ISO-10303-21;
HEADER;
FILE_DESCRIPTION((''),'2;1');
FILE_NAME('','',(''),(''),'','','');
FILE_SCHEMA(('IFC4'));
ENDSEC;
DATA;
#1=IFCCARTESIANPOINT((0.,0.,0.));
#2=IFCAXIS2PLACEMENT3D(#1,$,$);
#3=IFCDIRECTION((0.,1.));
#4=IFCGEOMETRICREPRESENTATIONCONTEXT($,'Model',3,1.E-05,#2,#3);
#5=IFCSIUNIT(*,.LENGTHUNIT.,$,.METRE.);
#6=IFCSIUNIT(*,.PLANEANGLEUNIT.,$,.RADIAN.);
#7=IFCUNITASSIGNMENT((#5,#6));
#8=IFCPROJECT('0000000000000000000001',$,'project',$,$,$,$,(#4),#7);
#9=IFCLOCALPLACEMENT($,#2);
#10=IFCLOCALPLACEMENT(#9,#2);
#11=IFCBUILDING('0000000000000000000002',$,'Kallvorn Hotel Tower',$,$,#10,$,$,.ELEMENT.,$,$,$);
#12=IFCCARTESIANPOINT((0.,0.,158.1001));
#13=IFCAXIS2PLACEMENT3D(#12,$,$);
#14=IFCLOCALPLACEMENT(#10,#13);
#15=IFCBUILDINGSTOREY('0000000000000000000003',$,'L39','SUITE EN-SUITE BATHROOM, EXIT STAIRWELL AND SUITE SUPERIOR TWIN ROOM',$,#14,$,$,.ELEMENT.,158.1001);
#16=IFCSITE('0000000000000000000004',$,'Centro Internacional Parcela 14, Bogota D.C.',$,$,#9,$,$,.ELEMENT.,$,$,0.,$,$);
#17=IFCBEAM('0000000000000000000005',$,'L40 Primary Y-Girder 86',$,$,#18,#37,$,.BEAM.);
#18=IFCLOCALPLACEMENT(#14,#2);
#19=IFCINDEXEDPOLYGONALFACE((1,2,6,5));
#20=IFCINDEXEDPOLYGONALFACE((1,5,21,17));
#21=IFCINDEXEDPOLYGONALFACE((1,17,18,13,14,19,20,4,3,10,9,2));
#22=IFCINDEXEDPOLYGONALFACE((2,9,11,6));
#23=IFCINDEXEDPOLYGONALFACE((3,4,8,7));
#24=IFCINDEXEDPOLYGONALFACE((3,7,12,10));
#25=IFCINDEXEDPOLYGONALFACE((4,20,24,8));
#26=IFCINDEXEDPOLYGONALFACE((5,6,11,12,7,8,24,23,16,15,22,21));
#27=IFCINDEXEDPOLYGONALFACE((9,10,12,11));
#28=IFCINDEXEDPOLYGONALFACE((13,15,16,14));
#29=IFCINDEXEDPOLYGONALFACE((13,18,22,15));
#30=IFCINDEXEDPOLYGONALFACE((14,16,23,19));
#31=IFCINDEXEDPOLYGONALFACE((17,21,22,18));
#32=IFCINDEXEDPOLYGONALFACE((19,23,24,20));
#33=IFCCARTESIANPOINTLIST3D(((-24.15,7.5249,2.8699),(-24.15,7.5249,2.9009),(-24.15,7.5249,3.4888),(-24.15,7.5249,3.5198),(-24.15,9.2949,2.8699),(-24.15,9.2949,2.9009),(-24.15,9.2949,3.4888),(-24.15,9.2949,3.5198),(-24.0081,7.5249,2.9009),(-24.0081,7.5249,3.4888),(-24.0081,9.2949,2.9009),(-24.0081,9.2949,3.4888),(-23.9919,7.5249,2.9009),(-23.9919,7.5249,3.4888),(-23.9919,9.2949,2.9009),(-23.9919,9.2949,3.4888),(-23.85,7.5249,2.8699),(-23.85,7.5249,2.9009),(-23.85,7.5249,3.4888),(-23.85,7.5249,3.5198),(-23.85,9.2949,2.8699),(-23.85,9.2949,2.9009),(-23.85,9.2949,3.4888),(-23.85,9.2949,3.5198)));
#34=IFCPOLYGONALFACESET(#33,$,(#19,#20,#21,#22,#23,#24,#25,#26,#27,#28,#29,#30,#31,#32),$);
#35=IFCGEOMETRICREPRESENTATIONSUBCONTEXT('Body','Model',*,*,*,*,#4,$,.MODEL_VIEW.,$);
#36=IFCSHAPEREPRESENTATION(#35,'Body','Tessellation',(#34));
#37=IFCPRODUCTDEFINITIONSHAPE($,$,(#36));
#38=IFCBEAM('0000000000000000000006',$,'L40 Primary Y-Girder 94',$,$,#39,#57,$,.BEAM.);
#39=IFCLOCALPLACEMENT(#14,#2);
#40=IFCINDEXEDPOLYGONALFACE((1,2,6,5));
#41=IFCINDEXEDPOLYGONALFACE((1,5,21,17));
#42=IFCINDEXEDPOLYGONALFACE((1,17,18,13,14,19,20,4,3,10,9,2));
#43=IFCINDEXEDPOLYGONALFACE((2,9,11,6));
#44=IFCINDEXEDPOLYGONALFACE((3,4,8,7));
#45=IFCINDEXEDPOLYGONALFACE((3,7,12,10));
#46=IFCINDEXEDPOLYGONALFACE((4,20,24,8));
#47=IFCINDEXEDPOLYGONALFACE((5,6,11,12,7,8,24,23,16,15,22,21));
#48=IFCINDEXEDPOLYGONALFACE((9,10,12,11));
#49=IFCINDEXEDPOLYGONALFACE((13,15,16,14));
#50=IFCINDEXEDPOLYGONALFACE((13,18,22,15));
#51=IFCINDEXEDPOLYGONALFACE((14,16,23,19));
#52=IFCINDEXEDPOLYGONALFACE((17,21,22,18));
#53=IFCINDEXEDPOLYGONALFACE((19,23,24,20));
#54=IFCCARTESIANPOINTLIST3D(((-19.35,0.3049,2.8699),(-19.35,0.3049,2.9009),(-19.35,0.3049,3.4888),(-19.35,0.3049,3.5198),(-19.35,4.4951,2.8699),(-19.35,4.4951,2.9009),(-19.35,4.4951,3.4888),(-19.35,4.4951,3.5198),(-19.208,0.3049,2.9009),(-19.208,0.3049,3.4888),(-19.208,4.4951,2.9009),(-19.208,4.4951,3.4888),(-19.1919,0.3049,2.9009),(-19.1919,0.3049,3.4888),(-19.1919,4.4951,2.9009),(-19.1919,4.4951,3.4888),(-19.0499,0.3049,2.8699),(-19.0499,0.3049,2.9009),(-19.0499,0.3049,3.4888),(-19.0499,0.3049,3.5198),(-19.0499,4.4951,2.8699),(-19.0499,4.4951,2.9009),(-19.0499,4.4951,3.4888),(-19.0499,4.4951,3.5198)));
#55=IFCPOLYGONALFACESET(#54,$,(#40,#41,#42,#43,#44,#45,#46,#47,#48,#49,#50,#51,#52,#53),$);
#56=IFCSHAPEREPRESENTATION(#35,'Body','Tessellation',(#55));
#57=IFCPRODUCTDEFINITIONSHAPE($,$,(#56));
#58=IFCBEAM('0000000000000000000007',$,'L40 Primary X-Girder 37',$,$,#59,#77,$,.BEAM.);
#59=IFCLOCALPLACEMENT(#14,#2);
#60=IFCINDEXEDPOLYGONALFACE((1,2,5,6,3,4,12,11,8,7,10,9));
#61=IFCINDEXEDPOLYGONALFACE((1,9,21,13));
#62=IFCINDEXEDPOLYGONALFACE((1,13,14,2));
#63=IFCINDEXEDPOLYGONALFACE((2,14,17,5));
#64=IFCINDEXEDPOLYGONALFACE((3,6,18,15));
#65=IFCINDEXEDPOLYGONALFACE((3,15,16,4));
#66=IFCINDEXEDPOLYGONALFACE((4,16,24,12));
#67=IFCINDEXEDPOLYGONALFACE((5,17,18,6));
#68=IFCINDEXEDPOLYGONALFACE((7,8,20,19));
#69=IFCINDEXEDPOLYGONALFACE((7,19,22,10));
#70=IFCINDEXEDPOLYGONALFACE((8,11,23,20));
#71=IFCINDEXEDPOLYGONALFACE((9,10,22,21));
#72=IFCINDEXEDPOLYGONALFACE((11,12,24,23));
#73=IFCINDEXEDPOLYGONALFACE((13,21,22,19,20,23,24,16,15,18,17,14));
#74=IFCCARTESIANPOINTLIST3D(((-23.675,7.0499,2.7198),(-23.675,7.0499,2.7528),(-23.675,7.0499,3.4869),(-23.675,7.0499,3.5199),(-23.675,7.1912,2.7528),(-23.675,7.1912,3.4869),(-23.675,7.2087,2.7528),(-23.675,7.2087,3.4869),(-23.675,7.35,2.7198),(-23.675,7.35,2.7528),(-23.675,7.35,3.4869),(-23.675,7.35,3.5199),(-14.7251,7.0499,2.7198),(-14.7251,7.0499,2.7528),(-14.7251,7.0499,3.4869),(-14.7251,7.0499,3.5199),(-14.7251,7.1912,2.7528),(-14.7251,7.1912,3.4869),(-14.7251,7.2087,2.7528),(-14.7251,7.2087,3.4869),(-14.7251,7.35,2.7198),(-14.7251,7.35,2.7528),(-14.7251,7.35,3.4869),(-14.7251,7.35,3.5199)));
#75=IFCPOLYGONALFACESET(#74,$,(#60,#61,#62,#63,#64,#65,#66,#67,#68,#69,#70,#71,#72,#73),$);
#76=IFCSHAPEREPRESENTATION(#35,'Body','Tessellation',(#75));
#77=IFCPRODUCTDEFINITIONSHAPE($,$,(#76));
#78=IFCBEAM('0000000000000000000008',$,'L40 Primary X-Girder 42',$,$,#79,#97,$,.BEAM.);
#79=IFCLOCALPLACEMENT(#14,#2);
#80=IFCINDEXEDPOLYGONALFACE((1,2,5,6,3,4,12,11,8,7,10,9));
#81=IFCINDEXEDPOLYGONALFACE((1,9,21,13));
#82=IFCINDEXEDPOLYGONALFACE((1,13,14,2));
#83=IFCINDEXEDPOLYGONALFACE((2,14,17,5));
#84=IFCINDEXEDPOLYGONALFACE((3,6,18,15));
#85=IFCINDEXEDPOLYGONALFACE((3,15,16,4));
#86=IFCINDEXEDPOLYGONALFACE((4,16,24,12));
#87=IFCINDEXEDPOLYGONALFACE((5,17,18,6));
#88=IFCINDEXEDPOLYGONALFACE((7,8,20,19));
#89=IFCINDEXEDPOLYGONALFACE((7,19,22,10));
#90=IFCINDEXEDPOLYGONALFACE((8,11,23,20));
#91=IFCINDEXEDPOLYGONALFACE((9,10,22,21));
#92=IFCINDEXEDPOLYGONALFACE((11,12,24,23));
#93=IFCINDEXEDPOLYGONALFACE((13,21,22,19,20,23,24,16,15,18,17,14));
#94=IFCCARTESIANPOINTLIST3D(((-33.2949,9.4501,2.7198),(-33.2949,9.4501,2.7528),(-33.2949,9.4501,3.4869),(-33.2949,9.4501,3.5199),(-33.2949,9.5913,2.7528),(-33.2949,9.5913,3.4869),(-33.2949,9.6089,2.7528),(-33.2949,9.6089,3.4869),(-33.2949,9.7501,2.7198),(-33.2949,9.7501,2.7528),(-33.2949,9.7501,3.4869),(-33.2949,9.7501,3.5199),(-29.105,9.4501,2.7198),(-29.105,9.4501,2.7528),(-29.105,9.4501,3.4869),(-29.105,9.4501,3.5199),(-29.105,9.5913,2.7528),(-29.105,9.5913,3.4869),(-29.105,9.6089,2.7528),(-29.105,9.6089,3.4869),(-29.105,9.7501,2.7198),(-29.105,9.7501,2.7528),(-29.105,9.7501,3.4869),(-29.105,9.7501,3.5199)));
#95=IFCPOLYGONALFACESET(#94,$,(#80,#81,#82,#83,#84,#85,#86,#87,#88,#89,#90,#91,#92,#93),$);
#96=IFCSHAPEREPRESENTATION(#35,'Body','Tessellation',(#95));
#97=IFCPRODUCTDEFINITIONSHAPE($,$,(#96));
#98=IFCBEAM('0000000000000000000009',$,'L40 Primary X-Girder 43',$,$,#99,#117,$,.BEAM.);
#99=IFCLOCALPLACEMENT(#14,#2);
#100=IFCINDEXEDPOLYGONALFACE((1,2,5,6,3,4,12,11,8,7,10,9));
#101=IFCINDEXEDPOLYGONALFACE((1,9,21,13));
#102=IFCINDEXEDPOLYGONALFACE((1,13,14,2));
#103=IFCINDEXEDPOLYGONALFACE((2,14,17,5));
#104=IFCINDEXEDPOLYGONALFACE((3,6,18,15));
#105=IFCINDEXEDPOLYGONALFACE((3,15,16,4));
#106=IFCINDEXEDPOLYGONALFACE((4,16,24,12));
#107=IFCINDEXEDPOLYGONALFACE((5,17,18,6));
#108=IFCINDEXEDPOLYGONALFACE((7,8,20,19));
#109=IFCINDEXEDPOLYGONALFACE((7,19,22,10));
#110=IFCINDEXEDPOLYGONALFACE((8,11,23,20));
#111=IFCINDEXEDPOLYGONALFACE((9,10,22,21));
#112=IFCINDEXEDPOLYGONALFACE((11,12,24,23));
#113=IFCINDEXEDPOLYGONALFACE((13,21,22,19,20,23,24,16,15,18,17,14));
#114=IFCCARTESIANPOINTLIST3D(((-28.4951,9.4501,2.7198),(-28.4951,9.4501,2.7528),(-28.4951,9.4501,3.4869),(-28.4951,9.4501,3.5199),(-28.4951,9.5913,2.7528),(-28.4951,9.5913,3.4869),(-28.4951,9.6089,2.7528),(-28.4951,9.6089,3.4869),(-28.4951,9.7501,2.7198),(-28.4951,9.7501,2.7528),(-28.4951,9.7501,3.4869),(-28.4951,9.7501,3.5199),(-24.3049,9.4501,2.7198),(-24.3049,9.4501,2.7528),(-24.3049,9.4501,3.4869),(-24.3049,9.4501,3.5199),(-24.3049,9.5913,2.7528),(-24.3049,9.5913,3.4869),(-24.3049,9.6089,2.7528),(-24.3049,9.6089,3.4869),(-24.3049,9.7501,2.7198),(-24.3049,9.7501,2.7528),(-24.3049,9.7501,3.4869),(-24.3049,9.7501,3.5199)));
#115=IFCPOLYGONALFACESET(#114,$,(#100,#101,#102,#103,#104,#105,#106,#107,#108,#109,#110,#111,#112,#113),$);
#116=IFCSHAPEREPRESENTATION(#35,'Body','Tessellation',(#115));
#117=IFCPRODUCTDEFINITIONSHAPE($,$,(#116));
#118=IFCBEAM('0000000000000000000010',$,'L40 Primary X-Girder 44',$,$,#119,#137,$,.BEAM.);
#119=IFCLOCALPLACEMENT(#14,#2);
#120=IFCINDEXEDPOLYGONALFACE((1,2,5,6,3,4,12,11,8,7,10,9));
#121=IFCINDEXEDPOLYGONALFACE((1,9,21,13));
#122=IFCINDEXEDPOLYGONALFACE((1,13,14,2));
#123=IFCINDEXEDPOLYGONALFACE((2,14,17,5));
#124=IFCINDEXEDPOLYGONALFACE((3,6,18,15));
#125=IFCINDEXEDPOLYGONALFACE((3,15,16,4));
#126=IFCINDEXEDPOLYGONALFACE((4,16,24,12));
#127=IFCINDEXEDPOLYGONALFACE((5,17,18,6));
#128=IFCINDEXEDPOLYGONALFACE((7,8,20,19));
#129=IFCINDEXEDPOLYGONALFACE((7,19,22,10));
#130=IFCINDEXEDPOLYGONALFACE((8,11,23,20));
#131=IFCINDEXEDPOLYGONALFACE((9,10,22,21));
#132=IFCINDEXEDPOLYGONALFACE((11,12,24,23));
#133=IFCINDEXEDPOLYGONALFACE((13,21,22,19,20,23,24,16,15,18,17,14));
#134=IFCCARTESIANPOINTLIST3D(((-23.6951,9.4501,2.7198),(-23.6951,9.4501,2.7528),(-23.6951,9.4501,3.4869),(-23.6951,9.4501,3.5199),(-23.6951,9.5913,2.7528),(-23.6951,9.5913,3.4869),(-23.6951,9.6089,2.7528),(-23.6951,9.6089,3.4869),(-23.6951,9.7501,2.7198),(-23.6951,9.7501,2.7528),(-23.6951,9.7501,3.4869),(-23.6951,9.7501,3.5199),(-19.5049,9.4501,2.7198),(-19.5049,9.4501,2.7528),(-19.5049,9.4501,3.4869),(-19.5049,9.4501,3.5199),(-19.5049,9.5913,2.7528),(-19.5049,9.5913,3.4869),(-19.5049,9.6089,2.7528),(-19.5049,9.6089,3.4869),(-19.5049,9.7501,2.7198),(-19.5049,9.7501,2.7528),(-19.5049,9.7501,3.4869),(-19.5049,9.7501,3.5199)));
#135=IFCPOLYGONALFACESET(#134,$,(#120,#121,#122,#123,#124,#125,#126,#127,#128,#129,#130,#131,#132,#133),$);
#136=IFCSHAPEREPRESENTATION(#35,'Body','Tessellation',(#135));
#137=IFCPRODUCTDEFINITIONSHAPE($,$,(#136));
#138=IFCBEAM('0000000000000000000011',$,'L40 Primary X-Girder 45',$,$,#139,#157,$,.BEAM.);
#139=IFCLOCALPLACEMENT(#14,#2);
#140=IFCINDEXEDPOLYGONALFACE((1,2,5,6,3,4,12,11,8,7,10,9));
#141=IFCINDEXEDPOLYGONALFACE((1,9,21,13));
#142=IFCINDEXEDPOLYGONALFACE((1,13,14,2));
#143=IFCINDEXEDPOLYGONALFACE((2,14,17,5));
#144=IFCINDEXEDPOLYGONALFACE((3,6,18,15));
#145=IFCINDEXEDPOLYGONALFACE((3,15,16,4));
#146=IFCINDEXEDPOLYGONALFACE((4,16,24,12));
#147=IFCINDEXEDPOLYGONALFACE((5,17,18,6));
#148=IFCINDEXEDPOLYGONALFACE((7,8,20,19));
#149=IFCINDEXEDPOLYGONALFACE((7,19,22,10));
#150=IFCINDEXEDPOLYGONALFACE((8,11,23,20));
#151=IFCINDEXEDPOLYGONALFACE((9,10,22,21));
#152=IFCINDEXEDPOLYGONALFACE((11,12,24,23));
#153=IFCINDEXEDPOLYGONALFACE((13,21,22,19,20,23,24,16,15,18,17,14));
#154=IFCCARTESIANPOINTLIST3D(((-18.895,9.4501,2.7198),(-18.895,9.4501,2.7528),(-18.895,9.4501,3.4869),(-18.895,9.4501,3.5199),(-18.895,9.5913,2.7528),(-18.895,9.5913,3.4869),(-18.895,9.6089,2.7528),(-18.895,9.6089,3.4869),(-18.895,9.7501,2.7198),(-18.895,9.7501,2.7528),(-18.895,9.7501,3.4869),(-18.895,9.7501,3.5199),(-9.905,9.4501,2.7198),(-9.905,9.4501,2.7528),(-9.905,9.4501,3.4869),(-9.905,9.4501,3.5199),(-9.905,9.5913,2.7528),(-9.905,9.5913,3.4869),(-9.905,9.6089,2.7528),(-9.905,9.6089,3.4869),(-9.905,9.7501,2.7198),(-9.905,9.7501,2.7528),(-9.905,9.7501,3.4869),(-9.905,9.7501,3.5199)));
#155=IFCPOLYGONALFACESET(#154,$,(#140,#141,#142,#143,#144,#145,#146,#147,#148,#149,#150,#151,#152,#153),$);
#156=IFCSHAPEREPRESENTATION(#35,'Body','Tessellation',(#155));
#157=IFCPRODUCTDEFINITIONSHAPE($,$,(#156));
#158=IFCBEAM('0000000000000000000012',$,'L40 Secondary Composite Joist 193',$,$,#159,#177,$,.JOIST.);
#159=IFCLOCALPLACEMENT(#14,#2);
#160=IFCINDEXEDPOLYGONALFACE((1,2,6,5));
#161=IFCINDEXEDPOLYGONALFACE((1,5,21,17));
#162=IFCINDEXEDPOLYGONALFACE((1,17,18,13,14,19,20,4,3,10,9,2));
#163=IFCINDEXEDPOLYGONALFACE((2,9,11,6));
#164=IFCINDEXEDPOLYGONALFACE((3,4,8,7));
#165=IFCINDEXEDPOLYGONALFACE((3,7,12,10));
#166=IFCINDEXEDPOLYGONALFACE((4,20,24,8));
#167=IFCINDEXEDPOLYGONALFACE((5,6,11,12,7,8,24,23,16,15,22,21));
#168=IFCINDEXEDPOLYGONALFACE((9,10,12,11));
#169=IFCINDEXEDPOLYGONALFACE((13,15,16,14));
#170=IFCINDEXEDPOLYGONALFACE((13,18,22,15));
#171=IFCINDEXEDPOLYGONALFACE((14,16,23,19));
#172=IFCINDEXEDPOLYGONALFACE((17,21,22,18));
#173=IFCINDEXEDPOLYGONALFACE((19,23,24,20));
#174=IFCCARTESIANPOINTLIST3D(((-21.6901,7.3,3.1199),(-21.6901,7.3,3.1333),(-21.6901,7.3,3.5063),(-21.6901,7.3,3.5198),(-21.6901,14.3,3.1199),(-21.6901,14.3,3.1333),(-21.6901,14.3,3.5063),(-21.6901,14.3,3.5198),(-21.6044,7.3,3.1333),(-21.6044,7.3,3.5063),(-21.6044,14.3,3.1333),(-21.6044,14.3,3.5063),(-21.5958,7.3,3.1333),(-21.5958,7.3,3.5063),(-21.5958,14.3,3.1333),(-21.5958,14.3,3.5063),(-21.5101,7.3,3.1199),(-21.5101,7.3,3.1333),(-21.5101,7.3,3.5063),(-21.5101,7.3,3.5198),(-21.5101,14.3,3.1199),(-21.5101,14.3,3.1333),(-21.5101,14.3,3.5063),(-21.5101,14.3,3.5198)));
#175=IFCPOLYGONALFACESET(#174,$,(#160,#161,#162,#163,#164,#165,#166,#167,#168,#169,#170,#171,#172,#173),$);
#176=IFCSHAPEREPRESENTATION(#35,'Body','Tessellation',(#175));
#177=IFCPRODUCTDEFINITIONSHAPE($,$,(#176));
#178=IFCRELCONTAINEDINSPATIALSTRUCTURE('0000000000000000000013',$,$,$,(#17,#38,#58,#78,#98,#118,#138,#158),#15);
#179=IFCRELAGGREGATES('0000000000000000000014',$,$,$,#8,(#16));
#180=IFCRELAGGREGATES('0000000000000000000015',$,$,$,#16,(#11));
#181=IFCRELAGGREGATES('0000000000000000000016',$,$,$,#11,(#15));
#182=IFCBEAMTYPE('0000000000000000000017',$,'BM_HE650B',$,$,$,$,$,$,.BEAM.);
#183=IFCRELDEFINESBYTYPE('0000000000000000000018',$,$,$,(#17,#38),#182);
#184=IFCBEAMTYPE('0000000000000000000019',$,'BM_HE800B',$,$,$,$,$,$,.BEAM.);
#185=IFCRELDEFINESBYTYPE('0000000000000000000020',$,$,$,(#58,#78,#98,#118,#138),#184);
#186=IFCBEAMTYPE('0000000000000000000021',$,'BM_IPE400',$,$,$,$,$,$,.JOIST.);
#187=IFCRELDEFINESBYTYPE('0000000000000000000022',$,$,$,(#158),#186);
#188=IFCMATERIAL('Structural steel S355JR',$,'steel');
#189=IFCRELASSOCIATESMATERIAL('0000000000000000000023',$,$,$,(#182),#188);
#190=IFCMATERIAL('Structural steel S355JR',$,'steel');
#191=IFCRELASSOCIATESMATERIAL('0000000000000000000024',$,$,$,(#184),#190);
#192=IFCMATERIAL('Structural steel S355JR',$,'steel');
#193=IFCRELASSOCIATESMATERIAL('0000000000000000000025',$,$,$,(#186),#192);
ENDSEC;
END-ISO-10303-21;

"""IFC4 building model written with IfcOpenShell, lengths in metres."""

from ifc_helpers import new_model, si_unit, direction, frame, origin, origin_2d, place, context, subcontext, project, spatial, i_section, extrude, material, material_profile, profile_set, type_object, element, save


model = new_model("IFC4")

# Units and contexts
model_context = context("Model", 3, precision=1e-05, world=origin(), true_north=direction((0.0, 1.0)))
body_context = subcontext(model_context, "Body", "Model", "MODEL_VIEW")
ifc_project = project(units=[si_unit("LENGTHUNIT", "METRE"), si_unit("PLANEANGLEUNIT", "RADIAN")], contexts=[model_context])

# Site, building, storey
site_placement = place(None, origin())
site = spatial("IfcSite", under=ifc_project, at=site_placement, Name="Centro Internacional Parcela 14, Bogota D.C.", CompositionType="ELEMENT", RefElevation=0.0)
building_placement = place(site_placement, origin())
building = spatial("IfcBuilding", under=site, at=building_placement, Name="Kallvorn Hotel Tower", CompositionType="ELEMENT")
storey_placement = place(building_placement, frame((0.0, 0.0, 158.1001)))
storey = spatial("IfcBuildingStorey", under=building, at=storey_placement, Name="L39", Description="SUITE EN-SUITE BATHROOM, EXIT STAIRWELL AND SUITE SUPERIOR TWIN ROOM", CompositionType="ELEMENT", Elevation=158.1001)

# Beams
ifc_material_1 = material(Name="Structural steel S355JR", Category="steel")
ifc_material_profile_1 = material_profile(ifc_material_1, i_section(OverallWidth=0.3, OverallDepth=0.6499, WebThickness=0.0161, FlangeThickness=0.031, at=origin_2d()), Name="HE 650 B")
ifc_profile_set_1 = profile_set([ifc_material_profile_1], Name="Structural steel S355JR")
beam_type_1 = type_object("IfcBeamType", Name="BM_HE650B", PredefinedType="BEAM", material=ifc_profile_set_1)
beam_1_placement = place(storey_placement, frame((-24.0, 7.5249, 3.1948), z_axis=(0.0, 1.0, 0.0), x_axis=(-1.0, 0.0, 0.0)))
element("IfcBeam", 1, at=beam_1_placement, inside=storey, type_object=beam_type_1, Name="L40 Primary Y-Girder 86", PredefinedType="BEAM", context=body_context, shape_type="SweptSolid", body=[
    extrude(i_section(OverallWidth=0.3, OverallDepth=0.6499, WebThickness=0.0161, FlangeThickness=0.031, at=origin_2d()), origin(), (0.0, 0.0, 1.0), 1.77),
])
beam_2_placement = place(storey_placement, frame((-19.2, 0.3049, 3.1948), z_axis=(0.0, 1.0, 0.0), x_axis=(-1.0, 0.0, 0.0)))
element("IfcBeam", 2, at=beam_2_placement, inside=storey, type_object=beam_type_1, Name="L40 Primary Y-Girder 94", PredefinedType="BEAM", context=body_context, shape_type="SweptSolid", body=[
    extrude(i_section(OverallWidth=0.3, OverallDepth=0.6499, WebThickness=0.0161, FlangeThickness=0.031, at=origin_2d()), origin(), (0.0, 0.0, 1.0), 4.1902),
])
ifc_material_2 = material(Name="Structural steel S355JR", Category="steel")
ifc_material_profile_2 = material_profile(ifc_material_2, i_section(OverallWidth=0.3, OverallDepth=0.8, WebThickness=0.0176, FlangeThickness=0.033, at=origin_2d()), Name="HE 800 B")
ifc_profile_set_2 = profile_set([ifc_material_profile_2], Name="Structural steel S355JR")
beam_type_2 = type_object("IfcBeamType", Name="BM_HE800B", PredefinedType="BEAM", material=ifc_profile_set_2)
beam_3_placement = place(storey_placement, frame((-23.675, 7.2, 3.1199), z_axis=(1.0, 0.0, 0.0), x_axis=(0.0, 1.0, 0.0)))
element("IfcBeam", 3, at=beam_3_placement, inside=storey, type_object=beam_type_2, Name="L40 Primary X-Girder 37", PredefinedType="BEAM", context=body_context, shape_type="SweptSolid", body=[
    extrude(i_section(OverallWidth=0.3, OverallDepth=0.8, WebThickness=0.0176, FlangeThickness=0.033, at=origin_2d()), origin(), (0.0, 0.0, 1.0), 8.95),
])
beam_4_placement = place(storey_placement, frame((-33.2949, 9.6001, 3.1199), z_axis=(1.0, 0.0, 0.0), x_axis=(0.0, 1.0, 0.0)))
element("IfcBeam", 4, at=beam_4_placement, inside=storey, type_object=beam_type_2, Name="L40 Primary X-Girder 42", PredefinedType="BEAM", context=body_context, shape_type="SweptSolid", body=[
    extrude(i_section(OverallWidth=0.3, OverallDepth=0.8, WebThickness=0.0176, FlangeThickness=0.033, at=origin_2d()), origin(), (0.0, 0.0, 1.0), 4.1899),
])
for number, where, z_axis, x_axis, name in (
    (5, (-28.4951, 9.6001, 3.1199), (1.0, 0.0, 0.0), (0.0, 1.0, 0.0), "L40 Primary X-Girder 43"),
    (6, (-23.6951, 9.6001, 3.1199), (1.0, 0.0, 0.0), (0.0, 1.0, 0.0), "L40 Primary X-Girder 44"),
):
    element("IfcBeam", number, at=place(storey_placement, frame(where, z_axis=z_axis, x_axis=x_axis)), inside=storey, type_object=beam_type_2, Name=name, PredefinedType="BEAM", context=body_context, shape_type="SweptSolid", body=[
        extrude(i_section(OverallWidth=0.3, OverallDepth=0.8, WebThickness=0.0176, FlangeThickness=0.033, at=origin_2d()), origin(), (0.0, 0.0, 1.0), 4.1902),
    ])
beam_5_placement = place(storey_placement, frame((-18.895, 9.6001, 3.1199), z_axis=(1.0, 0.0, 0.0), x_axis=(0.0, 1.0, 0.0)))
element("IfcBeam", 7, at=beam_5_placement, inside=storey, type_object=beam_type_2, Name="L40 Primary X-Girder 45", PredefinedType="BEAM", context=body_context, shape_type="SweptSolid", body=[
    extrude(i_section(OverallWidth=0.3, OverallDepth=0.8, WebThickness=0.0176, FlangeThickness=0.033, at=origin_2d()), origin(), (0.0, 0.0, 1.0), 8.99),
])
ifc_material_3 = material(Name="Structural steel S355JR", Category="steel")
ifc_material_profile_3 = material_profile(ifc_material_3, i_section(OverallWidth=0.1799, OverallDepth=0.3999, WebThickness=0.0085, FlangeThickness=0.0134, at=origin_2d()), Name="IPE 400")
ifc_profile_set_3 = profile_set([ifc_material_profile_3], Name="Structural steel S355JR")
beam_type_3 = type_object("IfcBeamType", Name="BM_IPE400", PredefinedType="JOIST", material=ifc_profile_set_3)
beam_6_placement = place(storey_placement, frame((-21.6001, 7.3, 3.3198), z_axis=(0.0, 1.0, 0.0), x_axis=(-1.0, 0.0, 0.0)))
element("IfcBeam", 8, at=beam_6_placement, inside=storey, type_object=beam_type_3, Name="L40 Secondary Composite Joist 193", PredefinedType="JOIST", context=body_context, shape_type="SweptSolid", body=[
    extrude(i_section(OverallWidth=0.1799, OverallDepth=0.3999, WebThickness=0.0085, FlangeThickness=0.0134, at=origin_2d()), origin(), (0.0, 0.0, 1.0), 7.0),
])

save(model, "model.ifc")
